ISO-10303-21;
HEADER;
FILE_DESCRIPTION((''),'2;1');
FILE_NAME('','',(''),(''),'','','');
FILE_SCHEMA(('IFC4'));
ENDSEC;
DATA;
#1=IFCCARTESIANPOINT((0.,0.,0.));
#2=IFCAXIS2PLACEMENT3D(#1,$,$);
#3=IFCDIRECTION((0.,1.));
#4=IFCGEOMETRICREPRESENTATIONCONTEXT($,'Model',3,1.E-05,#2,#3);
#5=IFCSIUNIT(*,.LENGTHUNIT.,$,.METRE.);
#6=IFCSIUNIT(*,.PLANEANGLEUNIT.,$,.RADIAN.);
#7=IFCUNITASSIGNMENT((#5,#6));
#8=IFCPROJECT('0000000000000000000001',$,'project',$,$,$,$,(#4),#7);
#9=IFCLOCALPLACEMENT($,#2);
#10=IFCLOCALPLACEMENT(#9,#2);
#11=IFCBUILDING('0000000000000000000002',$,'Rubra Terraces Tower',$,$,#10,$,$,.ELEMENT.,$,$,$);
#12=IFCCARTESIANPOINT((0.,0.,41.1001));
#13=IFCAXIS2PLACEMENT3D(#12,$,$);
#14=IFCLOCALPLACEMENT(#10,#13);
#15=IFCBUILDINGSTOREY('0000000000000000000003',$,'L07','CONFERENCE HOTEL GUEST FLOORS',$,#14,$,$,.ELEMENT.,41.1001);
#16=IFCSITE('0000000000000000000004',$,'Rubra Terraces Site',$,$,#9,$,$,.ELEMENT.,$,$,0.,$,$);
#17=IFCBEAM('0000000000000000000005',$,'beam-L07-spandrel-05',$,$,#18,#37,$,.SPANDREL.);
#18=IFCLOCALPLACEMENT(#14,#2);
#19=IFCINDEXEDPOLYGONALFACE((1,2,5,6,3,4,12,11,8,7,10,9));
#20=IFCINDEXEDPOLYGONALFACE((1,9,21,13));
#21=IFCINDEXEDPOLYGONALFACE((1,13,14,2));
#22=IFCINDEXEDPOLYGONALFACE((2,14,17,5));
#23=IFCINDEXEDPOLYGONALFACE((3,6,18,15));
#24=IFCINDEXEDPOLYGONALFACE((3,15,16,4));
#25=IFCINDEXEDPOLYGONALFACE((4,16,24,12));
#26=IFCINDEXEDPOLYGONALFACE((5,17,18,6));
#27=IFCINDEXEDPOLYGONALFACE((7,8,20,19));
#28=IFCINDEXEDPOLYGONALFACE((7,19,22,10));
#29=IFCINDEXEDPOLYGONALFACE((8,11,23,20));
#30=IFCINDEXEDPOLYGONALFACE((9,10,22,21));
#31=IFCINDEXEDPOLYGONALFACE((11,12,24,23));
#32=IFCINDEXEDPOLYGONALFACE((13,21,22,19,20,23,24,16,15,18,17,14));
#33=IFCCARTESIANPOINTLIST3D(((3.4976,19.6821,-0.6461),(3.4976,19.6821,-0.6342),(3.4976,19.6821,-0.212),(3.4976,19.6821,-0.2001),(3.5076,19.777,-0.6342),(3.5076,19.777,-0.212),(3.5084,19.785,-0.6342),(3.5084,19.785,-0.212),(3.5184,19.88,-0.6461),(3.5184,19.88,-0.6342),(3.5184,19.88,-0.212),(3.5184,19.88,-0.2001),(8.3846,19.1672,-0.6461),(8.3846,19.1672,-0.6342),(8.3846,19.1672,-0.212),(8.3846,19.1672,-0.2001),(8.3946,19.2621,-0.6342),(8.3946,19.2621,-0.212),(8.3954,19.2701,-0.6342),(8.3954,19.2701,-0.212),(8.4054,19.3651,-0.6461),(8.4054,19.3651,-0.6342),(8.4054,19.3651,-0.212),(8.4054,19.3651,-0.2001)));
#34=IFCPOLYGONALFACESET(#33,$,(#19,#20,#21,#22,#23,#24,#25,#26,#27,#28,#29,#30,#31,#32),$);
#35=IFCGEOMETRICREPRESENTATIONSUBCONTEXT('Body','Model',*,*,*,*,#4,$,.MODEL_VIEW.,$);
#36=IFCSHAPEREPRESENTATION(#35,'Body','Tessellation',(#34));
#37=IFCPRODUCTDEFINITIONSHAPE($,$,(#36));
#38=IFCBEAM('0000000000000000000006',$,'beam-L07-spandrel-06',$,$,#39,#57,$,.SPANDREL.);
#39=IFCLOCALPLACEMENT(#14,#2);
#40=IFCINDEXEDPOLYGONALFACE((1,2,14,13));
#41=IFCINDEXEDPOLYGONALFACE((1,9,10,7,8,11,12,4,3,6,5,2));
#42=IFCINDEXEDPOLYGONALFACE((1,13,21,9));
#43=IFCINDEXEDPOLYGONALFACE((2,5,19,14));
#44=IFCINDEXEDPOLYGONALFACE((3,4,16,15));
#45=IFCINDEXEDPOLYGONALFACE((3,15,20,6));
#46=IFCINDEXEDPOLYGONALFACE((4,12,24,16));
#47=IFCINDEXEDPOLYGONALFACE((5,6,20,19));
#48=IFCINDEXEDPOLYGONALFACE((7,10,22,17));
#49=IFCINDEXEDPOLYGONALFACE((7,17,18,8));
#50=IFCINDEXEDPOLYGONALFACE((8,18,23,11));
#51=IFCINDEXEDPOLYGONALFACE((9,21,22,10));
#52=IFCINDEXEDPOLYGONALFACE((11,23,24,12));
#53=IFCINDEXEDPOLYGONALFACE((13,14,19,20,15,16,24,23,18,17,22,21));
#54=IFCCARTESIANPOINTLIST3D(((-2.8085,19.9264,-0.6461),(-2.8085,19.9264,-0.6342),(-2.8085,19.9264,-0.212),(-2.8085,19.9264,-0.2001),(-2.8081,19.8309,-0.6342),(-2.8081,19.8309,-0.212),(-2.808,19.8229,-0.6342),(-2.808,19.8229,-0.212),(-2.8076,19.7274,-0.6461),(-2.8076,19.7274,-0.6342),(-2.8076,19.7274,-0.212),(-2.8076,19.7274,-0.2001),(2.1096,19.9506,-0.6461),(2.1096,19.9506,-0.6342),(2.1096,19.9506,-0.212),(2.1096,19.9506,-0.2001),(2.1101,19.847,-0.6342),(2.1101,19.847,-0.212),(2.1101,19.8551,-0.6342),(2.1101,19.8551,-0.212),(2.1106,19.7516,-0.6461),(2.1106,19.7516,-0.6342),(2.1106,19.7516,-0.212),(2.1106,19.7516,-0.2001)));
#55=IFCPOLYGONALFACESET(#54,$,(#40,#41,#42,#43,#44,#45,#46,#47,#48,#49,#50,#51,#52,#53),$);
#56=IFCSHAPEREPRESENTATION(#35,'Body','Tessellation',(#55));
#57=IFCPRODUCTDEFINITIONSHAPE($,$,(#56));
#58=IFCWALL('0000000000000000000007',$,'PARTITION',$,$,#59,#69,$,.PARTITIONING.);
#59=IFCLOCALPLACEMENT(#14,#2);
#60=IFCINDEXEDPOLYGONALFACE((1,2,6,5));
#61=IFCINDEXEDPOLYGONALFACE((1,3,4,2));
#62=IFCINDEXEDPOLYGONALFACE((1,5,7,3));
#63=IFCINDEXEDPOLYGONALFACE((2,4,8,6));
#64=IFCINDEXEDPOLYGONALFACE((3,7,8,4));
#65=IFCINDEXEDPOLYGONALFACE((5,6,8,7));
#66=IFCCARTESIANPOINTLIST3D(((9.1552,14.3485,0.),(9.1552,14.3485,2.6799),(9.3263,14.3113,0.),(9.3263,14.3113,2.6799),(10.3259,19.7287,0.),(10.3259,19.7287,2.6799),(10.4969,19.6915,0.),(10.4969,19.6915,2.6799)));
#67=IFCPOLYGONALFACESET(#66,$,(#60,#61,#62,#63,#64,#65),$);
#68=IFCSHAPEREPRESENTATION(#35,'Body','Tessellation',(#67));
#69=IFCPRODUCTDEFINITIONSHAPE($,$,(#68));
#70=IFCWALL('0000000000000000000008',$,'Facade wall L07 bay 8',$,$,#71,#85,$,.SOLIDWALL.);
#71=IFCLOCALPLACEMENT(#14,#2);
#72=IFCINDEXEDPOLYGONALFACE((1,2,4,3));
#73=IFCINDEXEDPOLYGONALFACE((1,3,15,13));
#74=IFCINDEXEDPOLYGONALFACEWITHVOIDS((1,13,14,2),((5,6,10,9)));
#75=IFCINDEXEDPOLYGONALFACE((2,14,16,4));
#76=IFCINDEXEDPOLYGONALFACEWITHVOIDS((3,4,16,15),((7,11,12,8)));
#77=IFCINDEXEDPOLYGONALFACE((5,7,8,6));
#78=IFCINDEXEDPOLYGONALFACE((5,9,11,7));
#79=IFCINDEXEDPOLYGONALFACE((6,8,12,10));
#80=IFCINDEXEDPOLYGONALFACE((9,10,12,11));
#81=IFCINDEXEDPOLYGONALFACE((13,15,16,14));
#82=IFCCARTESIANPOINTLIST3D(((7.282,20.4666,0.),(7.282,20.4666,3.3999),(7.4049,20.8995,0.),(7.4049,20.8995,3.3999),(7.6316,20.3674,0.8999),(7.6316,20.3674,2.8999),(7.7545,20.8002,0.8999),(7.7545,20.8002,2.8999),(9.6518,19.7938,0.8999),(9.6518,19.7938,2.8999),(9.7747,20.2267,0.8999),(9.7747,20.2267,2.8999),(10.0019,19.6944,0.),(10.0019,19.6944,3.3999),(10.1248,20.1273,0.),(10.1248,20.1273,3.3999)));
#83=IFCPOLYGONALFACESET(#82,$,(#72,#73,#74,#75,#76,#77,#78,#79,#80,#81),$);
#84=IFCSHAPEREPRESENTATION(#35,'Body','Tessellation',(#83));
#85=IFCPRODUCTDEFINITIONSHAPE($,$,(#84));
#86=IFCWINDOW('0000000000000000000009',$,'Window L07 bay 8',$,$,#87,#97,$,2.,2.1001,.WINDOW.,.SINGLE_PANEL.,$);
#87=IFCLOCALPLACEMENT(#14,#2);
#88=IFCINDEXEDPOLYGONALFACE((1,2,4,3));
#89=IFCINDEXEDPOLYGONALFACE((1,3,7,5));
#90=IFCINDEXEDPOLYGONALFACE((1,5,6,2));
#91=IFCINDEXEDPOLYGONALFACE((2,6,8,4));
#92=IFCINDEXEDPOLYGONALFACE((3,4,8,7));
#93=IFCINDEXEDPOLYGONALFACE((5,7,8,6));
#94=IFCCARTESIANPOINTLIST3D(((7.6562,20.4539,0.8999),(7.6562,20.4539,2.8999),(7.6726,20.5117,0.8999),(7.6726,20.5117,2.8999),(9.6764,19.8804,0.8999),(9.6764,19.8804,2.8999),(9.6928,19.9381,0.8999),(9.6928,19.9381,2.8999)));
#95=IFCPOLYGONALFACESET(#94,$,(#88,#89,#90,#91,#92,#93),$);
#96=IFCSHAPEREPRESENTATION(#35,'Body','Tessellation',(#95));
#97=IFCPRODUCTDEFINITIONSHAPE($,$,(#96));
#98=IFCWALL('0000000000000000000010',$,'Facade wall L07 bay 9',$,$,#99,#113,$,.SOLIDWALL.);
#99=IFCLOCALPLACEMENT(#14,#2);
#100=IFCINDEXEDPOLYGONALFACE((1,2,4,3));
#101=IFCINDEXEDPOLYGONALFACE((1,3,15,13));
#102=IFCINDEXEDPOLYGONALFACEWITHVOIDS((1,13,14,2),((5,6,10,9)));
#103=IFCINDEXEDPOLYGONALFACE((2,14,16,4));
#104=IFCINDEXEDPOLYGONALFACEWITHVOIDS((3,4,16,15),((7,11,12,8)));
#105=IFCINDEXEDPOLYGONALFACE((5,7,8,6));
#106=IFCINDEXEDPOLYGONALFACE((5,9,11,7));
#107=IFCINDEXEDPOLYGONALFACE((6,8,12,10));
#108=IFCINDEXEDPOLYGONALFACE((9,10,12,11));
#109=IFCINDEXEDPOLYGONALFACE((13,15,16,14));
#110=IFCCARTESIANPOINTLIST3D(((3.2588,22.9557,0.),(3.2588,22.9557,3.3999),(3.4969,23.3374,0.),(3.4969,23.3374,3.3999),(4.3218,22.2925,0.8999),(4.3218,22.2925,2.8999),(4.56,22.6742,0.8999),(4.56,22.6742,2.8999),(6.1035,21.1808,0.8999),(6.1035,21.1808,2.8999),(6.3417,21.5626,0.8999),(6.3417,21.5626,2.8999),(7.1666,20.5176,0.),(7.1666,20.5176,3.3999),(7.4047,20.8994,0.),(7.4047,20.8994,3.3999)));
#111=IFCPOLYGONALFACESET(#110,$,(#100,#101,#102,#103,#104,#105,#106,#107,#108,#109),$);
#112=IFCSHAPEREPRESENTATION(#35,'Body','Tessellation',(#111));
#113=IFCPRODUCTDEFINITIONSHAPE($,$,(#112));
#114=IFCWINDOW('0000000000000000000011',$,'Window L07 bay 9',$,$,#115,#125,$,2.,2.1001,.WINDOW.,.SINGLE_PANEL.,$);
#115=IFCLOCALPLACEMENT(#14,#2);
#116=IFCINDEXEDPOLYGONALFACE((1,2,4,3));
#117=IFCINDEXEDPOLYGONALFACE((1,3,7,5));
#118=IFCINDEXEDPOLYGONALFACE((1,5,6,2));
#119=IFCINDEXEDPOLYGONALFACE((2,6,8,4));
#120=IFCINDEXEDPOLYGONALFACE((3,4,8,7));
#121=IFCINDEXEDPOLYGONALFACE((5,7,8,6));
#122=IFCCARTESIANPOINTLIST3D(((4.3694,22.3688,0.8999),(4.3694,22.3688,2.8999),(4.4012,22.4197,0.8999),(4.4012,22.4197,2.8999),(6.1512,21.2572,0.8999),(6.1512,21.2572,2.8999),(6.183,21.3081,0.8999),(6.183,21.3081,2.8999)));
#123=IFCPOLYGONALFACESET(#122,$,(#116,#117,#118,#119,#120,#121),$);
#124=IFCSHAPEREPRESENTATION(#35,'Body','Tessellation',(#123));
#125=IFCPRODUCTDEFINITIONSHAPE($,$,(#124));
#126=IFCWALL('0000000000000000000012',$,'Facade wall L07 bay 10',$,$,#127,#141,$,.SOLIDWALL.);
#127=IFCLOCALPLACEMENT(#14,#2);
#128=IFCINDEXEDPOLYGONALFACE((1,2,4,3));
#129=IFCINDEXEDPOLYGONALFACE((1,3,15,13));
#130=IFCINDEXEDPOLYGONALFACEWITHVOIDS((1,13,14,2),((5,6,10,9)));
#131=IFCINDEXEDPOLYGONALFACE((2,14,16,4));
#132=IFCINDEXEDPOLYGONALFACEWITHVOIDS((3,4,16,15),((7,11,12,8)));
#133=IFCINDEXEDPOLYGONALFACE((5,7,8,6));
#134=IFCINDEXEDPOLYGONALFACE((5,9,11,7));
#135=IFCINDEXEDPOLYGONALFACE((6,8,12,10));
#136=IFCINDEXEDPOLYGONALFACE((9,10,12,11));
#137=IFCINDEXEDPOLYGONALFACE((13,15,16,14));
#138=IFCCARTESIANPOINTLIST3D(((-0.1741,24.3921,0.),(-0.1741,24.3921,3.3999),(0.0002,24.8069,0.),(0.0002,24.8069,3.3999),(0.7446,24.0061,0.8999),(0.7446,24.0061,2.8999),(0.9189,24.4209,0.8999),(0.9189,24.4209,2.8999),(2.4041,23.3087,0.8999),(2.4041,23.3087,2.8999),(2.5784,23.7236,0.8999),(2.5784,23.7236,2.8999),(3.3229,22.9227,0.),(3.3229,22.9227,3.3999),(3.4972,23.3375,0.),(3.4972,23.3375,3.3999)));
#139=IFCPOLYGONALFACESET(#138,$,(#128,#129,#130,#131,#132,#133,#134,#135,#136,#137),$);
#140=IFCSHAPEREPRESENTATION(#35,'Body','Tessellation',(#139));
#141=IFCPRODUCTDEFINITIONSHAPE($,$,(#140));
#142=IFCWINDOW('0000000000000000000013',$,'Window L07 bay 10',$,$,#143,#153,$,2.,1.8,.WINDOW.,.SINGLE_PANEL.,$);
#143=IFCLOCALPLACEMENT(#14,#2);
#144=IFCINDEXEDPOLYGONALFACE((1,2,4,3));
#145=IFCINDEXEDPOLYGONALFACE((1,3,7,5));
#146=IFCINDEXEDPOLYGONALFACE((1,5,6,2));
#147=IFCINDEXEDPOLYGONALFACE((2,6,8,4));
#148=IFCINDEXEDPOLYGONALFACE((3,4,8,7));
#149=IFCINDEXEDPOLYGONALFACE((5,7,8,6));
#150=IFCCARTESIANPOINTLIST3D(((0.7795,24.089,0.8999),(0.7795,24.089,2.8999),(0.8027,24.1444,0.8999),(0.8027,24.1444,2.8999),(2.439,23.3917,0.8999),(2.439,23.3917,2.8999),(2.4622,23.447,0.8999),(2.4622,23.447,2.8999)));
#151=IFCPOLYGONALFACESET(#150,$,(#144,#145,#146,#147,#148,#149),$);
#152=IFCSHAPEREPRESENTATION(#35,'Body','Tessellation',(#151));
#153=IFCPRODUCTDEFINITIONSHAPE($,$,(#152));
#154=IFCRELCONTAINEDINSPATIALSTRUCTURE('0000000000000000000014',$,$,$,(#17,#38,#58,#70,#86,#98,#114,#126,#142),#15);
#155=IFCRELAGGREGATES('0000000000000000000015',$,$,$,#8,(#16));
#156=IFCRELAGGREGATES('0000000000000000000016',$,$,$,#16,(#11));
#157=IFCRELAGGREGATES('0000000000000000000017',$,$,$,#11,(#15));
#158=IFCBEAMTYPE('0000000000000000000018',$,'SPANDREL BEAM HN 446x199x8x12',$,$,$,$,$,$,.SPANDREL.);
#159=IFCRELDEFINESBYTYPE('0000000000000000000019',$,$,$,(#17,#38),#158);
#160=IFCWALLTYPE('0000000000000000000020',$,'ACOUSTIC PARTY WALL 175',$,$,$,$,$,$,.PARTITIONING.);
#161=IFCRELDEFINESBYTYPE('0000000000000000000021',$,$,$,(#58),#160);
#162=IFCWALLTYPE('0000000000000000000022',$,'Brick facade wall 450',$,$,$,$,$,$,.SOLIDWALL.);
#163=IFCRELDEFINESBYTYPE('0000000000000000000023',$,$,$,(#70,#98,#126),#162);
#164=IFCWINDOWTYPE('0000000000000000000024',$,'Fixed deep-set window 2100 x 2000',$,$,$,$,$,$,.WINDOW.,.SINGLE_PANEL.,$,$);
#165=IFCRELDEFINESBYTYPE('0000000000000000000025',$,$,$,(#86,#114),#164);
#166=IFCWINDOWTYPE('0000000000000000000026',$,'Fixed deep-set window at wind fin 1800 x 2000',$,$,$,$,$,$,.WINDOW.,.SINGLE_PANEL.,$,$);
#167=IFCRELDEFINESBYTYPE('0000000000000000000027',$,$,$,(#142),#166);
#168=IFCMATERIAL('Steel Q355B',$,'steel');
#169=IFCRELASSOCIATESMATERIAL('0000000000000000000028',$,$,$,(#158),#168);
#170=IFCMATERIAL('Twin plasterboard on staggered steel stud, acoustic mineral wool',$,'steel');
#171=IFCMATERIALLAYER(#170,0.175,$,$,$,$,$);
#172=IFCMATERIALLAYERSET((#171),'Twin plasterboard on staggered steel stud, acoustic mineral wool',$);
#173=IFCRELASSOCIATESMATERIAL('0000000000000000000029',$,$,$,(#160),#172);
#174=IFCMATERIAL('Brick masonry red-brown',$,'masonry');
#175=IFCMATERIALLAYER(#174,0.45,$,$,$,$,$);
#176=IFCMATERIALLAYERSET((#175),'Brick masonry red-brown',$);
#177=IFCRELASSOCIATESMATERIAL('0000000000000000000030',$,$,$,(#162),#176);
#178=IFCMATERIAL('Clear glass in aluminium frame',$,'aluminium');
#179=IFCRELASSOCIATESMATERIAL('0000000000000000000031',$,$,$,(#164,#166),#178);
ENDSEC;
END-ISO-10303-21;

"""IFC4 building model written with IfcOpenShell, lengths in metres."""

from ifc_helpers import new_model, si_unit, direction, frame, frame_2d, origin, origin_2d, place, context, subcontext, project, spatial, rectangle, i_section, extrude, material, layer, layer_set, material_profile, profile_set, type_object, element, fill, save


model = new_model("IFC4")

# Units and contexts
model_context = context("Model", 3, precision=1e-05, world=origin(), true_north=direction((0.0, 1.0)))
body_context = subcontext(model_context, "Body", "Model", "MODEL_VIEW")
ifc_project = project(units=[si_unit("LENGTHUNIT", "METRE"), si_unit("PLANEANGLEUNIT", "RADIAN")], contexts=[model_context])

# Site, building, storey
site_placement = place(None, origin())
site = spatial("IfcSite", under=ifc_project, at=site_placement, Name="Rubra Terraces Site", CompositionType="ELEMENT", RefElevation=0.0)
building_placement = place(site_placement, origin())
building = spatial("IfcBuilding", under=site, at=building_placement, Name="Rubra Terraces Tower", CompositionType="ELEMENT")
storey_placement = place(building_placement, frame((0.0, 0.0, 41.1001)))
storey = spatial("IfcBuildingStorey", under=building, at=storey_placement, Name="L07", Description="CONFERENCE HOTEL GUEST FLOORS", CompositionType="ELEMENT", Elevation=41.1001)

# Beams
ifc_material_1 = material(Name="Steel Q355B", Category="steel")
ifc_material_profile_1 = material_profile(ifc_material_1, i_section(OverallWidth=0.199, OverallDepth=0.446, WebThickness=0.0081, FlangeThickness=0.012, at=origin_2d()), Name="HN 446x199x8x12")
ifc_profile_set_1 = profile_set([ifc_material_profile_1], Name="Steel Q355B")
beam_type_1 = type_object("IfcBeamType", Name="SPANDREL BEAM HN 446x199x8x12", PredefinedType="SPANDREL", material=ifc_profile_set_1)
beam_1_placement = place(storey_placement, frame((8.395, 19.2661, -0.4231), z_axis=(-0.994495, 0.10478, 0.0), x_axis=(-0.10478, -0.994495, 0.0)))
element("IfcBeam", 1, at=beam_1_placement, inside=storey, type_object=beam_type_1, Name="beam-L07-spandrel-05", PredefinedType="SPANDREL", context=body_context, shape_type="SweptSolid", body=[
    extrude(i_section(OverallWidth=0.199, OverallDepth=0.446, WebThickness=0.0081, FlangeThickness=0.012, at=origin_2d()), origin(), (0.0, 0.0, 1.0), 4.9141),
])
beam_2_placement = place(storey_placement, frame((2.1101, 19.8511, -0.4231), z_axis=(-0.999988, -0.004914, 0.0), x_axis=(0.004914, -0.999988, 0.0)))
element("IfcBeam", 2, at=beam_2_placement, inside=storey, type_object=beam_type_1, Name="beam-L07-spandrel-06", PredefinedType="SPANDREL", context=body_context, shape_type="SweptSolid", body=[
    extrude(i_section(OverallWidth=0.199, OverallDepth=0.446, WebThickness=0.0081, FlangeThickness=0.012, at=origin_2d()), origin(), (0.0, 0.0, 1.0), 4.9182),
])

# Wall
ifc_material_2 = material(Name="Twin plasterboard on staggered steel stud, acoustic mineral wool", Category="steel")
ifc_layer_1 = layer(ifc_material_2, 0.175)
ifc_layer_set_1 = layer_set([ifc_layer_1], Name="Twin plasterboard on staggered steel stud, acoustic mineral wool")
wall_type_1 = type_object("IfcWallType", Name="ACOUSTIC PARTY WALL 175", PredefinedType="PARTITIONING", material=ifc_layer_set_1)
wall_1_placement = place(storey_placement, frame((10.4114, 19.71, 0.0), z_axis=(0.0, 0.0, 1.0), x_axis=(-0.212614, -0.977136, 0.0)))
element("IfcWall", 3, at=wall_1_placement, inside=storey, type_object=wall_type_1, Name="PARTITION", PredefinedType="PARTITIONING", context=body_context, shape_type="SweptSolid", body=[
    extrude(rectangle(XDim=5.5061, YDim=0.175, at=frame_2d((2.7529, 0.0))), origin(), (0.0, 0.0, 1.0), 2.6799),
])

# Walls, openings, windows
ifc_material_3 = material(Name="Brick masonry red-brown", Category="masonry")
ifc_layer_2 = layer(ifc_material_3, 0.45)
ifc_layer_set_2 = layer_set([ifc_layer_2], Name="Brick masonry red-brown")
wall_type_2 = type_object("IfcWallType", Name="Brick facade wall 450", PredefinedType="SOLIDWALL", material=ifc_layer_set_2)
wall_2_placement = place(storey_placement, frame((10.0632, 19.9109, 0.0), z_axis=(0.0, 0.0, 1.0), x_axis=(-0.961982, 0.273113, 0.0)))
wall_2 = element("IfcWall", 4, at=wall_2_placement, inside=storey, type_object=wall_type_2, Name="Facade wall L07 bay 8", PredefinedType="SOLIDWALL", context=body_context, shape_type="SweptSolid", body=[
    extrude(rectangle(XDim=2.8274, YDim=0.45, at=frame_2d((1.4136, 0.0))), origin(), (0.0, 0.0, 1.0), 3.3999),
])
opening_1_placement = place(wall_2_placement, frame((0.3638, 0.0, 0.8999)))
opening_1 = element("IfcOpeningElement", 5, at=opening_1_placement, cuts=wall_2, PredefinedType="OPENING", context=body_context, shape_type="SweptSolid", body=[
    extrude(rectangle(XDim=2.1001, YDim=2.0, at=frame_2d((1.05, 1.0))), frame((0.0, 0.2349, 0.0), z_axis=(0.0, -1.0, 0.0), x_axis=(1.0, 0.0, 0.0)), (0.0, 0.0, 1.0), 0.47),
])
ifc_material_4 = material(Name="Clear glass in aluminium frame", Category="aluminium")
window_type_1 = type_object("IfcWindowType", Name="Fixed deep-set window 2100 x 2000", PartitioningType="SINGLE_PANEL", PredefinedType="WINDOW", material=ifc_material_4)
window_1_placement = place(opening_1_placement, origin())
window_1 = element("IfcWindow", 6, at=window_1_placement, inside=storey, type_object=window_type_1, Name="Window L07 bay 8", OverallHeight=2.0, OverallWidth=2.1001, PartitioningType="SINGLE_PANEL", PredefinedType="WINDOW", context=body_context, shape_type="SweptSolid", body=[
    extrude(rectangle(XDim=2.1001, YDim=2.0, at=frame_2d((1.05, 1.0))), frame((0.0, 0.135, 0.0), z_axis=(0.0, -1.0, 0.0), x_axis=(1.0, 0.0, 0.0)), (0.0, 0.0, 1.0), 0.0601),
])
fill(opening_1, window_1)
wall_3_placement = place(storey_placement, frame((7.2856, 20.7085, 0.0), z_axis=(0.0, 0.0, 1.0), x_axis=(-0.848421, 0.529322, 0.0)))
wall_3 = element("IfcWall", 7, at=wall_3_placement, inside=storey, type_object=wall_type_2, Name="Facade wall L07 bay 9", PredefinedType="SOLIDWALL", context=body_context, shape_type="SweptSolid", body=[
    extrude(rectangle(XDim=4.606, YDim=0.45, at=frame_2d((2.303, 0.0))), origin(), (0.0, 0.0, 1.0), 3.3999),
])
opening_2_placement = place(wall_3_placement, frame((1.2529, 0.0, 0.8999)))
opening_2 = element("IfcOpeningElement", 8, at=opening_2_placement, cuts=wall_3, PredefinedType="OPENING", context=body_context, shape_type="SweptSolid", body=[
    extrude(rectangle(XDim=2.1001, YDim=2.0, at=frame_2d((1.05, 1.0))), frame((0.0, 0.2349, 0.0), z_axis=(0.0, -1.0, 0.0), x_axis=(1.0, 0.0, 0.0)), (0.0, 0.0, 1.0), 0.47),
])
window_2_placement = place(opening_2_placement, origin())
window_2 = element("IfcWindow", 9, at=window_2_placement, inside=storey, type_object=window_type_1, Name="Window L07 bay 9", OverallHeight=2.0, OverallWidth=2.1001, PartitioningType="SINGLE_PANEL", PredefinedType="WINDOW", context=body_context, shape_type="SweptSolid", body=[
    extrude(rectangle(XDim=2.1001, YDim=2.0, at=frame_2d((1.05, 1.0))), frame((0.0, 0.135, 0.0), z_axis=(0.0, -1.0, 0.0), x_axis=(1.0, 0.0, 0.0)), (0.0, 0.0, 1.0), 0.0601),
])
fill(opening_2, window_2)
wall_4_placement = place(storey_placement, frame((3.4099, 23.1301, 0.0), z_axis=(0.0, 0.0, 1.0), x_axis=(-0.921915, 0.387392, 0.0)))
wall_4 = element("IfcWall", 10, at=wall_4_placement, inside=storey, type_object=wall_type_2, Name="Facade wall L07 bay 10", PredefinedType="SOLIDWALL", context=body_context, shape_type="SweptSolid", body=[
    extrude(rectangle(XDim=3.7932, YDim=0.45, at=frame_2d((1.8965, 0.0))), origin(), (0.0, 0.0, 1.0), 3.3999),
])
opening_3_placement = place(wall_4_placement, frame((0.9966, 0.0, 0.8999)))
opening_3 = element("IfcOpeningElement", 11, at=opening_3_placement, cuts=wall_4, PredefinedType="OPENING", context=body_context, shape_type="SweptSolid", body=[
    extrude(rectangle(XDim=1.8, YDim=2.0, at=frame_2d((0.8999, 1.0))), frame((0.0, 0.2349, 0.0), z_axis=(0.0, -1.0, 0.0), x_axis=(1.0, 0.0, 0.0)), (0.0, 0.0, 1.0), 0.47),
])
window_type_2 = type_object("IfcWindowType", Name="Fixed deep-set window at wind fin 1800 x 2000", PartitioningType="SINGLE_PANEL", PredefinedType="WINDOW", material=ifc_material_4)
window_3_placement = place(opening_3_placement, origin())
window_3 = element("IfcWindow", 12, at=window_3_placement, inside=storey, type_object=window_type_2, Name="Window L07 bay 10", OverallHeight=2.0, OverallWidth=1.8, PartitioningType="SINGLE_PANEL", PredefinedType="WINDOW", context=body_context, shape_type="SweptSolid", body=[
    extrude(rectangle(XDim=1.8, YDim=2.0, at=frame_2d((0.8999, 1.0))), frame((0.0, 0.135, 0.0), z_axis=(0.0, -1.0, 0.0), x_axis=(1.0, 0.0, 0.0)), (0.0, 0.0, 1.0), 0.0601),
])
fill(opening_3, window_3)

save(model, "model.ifc")
